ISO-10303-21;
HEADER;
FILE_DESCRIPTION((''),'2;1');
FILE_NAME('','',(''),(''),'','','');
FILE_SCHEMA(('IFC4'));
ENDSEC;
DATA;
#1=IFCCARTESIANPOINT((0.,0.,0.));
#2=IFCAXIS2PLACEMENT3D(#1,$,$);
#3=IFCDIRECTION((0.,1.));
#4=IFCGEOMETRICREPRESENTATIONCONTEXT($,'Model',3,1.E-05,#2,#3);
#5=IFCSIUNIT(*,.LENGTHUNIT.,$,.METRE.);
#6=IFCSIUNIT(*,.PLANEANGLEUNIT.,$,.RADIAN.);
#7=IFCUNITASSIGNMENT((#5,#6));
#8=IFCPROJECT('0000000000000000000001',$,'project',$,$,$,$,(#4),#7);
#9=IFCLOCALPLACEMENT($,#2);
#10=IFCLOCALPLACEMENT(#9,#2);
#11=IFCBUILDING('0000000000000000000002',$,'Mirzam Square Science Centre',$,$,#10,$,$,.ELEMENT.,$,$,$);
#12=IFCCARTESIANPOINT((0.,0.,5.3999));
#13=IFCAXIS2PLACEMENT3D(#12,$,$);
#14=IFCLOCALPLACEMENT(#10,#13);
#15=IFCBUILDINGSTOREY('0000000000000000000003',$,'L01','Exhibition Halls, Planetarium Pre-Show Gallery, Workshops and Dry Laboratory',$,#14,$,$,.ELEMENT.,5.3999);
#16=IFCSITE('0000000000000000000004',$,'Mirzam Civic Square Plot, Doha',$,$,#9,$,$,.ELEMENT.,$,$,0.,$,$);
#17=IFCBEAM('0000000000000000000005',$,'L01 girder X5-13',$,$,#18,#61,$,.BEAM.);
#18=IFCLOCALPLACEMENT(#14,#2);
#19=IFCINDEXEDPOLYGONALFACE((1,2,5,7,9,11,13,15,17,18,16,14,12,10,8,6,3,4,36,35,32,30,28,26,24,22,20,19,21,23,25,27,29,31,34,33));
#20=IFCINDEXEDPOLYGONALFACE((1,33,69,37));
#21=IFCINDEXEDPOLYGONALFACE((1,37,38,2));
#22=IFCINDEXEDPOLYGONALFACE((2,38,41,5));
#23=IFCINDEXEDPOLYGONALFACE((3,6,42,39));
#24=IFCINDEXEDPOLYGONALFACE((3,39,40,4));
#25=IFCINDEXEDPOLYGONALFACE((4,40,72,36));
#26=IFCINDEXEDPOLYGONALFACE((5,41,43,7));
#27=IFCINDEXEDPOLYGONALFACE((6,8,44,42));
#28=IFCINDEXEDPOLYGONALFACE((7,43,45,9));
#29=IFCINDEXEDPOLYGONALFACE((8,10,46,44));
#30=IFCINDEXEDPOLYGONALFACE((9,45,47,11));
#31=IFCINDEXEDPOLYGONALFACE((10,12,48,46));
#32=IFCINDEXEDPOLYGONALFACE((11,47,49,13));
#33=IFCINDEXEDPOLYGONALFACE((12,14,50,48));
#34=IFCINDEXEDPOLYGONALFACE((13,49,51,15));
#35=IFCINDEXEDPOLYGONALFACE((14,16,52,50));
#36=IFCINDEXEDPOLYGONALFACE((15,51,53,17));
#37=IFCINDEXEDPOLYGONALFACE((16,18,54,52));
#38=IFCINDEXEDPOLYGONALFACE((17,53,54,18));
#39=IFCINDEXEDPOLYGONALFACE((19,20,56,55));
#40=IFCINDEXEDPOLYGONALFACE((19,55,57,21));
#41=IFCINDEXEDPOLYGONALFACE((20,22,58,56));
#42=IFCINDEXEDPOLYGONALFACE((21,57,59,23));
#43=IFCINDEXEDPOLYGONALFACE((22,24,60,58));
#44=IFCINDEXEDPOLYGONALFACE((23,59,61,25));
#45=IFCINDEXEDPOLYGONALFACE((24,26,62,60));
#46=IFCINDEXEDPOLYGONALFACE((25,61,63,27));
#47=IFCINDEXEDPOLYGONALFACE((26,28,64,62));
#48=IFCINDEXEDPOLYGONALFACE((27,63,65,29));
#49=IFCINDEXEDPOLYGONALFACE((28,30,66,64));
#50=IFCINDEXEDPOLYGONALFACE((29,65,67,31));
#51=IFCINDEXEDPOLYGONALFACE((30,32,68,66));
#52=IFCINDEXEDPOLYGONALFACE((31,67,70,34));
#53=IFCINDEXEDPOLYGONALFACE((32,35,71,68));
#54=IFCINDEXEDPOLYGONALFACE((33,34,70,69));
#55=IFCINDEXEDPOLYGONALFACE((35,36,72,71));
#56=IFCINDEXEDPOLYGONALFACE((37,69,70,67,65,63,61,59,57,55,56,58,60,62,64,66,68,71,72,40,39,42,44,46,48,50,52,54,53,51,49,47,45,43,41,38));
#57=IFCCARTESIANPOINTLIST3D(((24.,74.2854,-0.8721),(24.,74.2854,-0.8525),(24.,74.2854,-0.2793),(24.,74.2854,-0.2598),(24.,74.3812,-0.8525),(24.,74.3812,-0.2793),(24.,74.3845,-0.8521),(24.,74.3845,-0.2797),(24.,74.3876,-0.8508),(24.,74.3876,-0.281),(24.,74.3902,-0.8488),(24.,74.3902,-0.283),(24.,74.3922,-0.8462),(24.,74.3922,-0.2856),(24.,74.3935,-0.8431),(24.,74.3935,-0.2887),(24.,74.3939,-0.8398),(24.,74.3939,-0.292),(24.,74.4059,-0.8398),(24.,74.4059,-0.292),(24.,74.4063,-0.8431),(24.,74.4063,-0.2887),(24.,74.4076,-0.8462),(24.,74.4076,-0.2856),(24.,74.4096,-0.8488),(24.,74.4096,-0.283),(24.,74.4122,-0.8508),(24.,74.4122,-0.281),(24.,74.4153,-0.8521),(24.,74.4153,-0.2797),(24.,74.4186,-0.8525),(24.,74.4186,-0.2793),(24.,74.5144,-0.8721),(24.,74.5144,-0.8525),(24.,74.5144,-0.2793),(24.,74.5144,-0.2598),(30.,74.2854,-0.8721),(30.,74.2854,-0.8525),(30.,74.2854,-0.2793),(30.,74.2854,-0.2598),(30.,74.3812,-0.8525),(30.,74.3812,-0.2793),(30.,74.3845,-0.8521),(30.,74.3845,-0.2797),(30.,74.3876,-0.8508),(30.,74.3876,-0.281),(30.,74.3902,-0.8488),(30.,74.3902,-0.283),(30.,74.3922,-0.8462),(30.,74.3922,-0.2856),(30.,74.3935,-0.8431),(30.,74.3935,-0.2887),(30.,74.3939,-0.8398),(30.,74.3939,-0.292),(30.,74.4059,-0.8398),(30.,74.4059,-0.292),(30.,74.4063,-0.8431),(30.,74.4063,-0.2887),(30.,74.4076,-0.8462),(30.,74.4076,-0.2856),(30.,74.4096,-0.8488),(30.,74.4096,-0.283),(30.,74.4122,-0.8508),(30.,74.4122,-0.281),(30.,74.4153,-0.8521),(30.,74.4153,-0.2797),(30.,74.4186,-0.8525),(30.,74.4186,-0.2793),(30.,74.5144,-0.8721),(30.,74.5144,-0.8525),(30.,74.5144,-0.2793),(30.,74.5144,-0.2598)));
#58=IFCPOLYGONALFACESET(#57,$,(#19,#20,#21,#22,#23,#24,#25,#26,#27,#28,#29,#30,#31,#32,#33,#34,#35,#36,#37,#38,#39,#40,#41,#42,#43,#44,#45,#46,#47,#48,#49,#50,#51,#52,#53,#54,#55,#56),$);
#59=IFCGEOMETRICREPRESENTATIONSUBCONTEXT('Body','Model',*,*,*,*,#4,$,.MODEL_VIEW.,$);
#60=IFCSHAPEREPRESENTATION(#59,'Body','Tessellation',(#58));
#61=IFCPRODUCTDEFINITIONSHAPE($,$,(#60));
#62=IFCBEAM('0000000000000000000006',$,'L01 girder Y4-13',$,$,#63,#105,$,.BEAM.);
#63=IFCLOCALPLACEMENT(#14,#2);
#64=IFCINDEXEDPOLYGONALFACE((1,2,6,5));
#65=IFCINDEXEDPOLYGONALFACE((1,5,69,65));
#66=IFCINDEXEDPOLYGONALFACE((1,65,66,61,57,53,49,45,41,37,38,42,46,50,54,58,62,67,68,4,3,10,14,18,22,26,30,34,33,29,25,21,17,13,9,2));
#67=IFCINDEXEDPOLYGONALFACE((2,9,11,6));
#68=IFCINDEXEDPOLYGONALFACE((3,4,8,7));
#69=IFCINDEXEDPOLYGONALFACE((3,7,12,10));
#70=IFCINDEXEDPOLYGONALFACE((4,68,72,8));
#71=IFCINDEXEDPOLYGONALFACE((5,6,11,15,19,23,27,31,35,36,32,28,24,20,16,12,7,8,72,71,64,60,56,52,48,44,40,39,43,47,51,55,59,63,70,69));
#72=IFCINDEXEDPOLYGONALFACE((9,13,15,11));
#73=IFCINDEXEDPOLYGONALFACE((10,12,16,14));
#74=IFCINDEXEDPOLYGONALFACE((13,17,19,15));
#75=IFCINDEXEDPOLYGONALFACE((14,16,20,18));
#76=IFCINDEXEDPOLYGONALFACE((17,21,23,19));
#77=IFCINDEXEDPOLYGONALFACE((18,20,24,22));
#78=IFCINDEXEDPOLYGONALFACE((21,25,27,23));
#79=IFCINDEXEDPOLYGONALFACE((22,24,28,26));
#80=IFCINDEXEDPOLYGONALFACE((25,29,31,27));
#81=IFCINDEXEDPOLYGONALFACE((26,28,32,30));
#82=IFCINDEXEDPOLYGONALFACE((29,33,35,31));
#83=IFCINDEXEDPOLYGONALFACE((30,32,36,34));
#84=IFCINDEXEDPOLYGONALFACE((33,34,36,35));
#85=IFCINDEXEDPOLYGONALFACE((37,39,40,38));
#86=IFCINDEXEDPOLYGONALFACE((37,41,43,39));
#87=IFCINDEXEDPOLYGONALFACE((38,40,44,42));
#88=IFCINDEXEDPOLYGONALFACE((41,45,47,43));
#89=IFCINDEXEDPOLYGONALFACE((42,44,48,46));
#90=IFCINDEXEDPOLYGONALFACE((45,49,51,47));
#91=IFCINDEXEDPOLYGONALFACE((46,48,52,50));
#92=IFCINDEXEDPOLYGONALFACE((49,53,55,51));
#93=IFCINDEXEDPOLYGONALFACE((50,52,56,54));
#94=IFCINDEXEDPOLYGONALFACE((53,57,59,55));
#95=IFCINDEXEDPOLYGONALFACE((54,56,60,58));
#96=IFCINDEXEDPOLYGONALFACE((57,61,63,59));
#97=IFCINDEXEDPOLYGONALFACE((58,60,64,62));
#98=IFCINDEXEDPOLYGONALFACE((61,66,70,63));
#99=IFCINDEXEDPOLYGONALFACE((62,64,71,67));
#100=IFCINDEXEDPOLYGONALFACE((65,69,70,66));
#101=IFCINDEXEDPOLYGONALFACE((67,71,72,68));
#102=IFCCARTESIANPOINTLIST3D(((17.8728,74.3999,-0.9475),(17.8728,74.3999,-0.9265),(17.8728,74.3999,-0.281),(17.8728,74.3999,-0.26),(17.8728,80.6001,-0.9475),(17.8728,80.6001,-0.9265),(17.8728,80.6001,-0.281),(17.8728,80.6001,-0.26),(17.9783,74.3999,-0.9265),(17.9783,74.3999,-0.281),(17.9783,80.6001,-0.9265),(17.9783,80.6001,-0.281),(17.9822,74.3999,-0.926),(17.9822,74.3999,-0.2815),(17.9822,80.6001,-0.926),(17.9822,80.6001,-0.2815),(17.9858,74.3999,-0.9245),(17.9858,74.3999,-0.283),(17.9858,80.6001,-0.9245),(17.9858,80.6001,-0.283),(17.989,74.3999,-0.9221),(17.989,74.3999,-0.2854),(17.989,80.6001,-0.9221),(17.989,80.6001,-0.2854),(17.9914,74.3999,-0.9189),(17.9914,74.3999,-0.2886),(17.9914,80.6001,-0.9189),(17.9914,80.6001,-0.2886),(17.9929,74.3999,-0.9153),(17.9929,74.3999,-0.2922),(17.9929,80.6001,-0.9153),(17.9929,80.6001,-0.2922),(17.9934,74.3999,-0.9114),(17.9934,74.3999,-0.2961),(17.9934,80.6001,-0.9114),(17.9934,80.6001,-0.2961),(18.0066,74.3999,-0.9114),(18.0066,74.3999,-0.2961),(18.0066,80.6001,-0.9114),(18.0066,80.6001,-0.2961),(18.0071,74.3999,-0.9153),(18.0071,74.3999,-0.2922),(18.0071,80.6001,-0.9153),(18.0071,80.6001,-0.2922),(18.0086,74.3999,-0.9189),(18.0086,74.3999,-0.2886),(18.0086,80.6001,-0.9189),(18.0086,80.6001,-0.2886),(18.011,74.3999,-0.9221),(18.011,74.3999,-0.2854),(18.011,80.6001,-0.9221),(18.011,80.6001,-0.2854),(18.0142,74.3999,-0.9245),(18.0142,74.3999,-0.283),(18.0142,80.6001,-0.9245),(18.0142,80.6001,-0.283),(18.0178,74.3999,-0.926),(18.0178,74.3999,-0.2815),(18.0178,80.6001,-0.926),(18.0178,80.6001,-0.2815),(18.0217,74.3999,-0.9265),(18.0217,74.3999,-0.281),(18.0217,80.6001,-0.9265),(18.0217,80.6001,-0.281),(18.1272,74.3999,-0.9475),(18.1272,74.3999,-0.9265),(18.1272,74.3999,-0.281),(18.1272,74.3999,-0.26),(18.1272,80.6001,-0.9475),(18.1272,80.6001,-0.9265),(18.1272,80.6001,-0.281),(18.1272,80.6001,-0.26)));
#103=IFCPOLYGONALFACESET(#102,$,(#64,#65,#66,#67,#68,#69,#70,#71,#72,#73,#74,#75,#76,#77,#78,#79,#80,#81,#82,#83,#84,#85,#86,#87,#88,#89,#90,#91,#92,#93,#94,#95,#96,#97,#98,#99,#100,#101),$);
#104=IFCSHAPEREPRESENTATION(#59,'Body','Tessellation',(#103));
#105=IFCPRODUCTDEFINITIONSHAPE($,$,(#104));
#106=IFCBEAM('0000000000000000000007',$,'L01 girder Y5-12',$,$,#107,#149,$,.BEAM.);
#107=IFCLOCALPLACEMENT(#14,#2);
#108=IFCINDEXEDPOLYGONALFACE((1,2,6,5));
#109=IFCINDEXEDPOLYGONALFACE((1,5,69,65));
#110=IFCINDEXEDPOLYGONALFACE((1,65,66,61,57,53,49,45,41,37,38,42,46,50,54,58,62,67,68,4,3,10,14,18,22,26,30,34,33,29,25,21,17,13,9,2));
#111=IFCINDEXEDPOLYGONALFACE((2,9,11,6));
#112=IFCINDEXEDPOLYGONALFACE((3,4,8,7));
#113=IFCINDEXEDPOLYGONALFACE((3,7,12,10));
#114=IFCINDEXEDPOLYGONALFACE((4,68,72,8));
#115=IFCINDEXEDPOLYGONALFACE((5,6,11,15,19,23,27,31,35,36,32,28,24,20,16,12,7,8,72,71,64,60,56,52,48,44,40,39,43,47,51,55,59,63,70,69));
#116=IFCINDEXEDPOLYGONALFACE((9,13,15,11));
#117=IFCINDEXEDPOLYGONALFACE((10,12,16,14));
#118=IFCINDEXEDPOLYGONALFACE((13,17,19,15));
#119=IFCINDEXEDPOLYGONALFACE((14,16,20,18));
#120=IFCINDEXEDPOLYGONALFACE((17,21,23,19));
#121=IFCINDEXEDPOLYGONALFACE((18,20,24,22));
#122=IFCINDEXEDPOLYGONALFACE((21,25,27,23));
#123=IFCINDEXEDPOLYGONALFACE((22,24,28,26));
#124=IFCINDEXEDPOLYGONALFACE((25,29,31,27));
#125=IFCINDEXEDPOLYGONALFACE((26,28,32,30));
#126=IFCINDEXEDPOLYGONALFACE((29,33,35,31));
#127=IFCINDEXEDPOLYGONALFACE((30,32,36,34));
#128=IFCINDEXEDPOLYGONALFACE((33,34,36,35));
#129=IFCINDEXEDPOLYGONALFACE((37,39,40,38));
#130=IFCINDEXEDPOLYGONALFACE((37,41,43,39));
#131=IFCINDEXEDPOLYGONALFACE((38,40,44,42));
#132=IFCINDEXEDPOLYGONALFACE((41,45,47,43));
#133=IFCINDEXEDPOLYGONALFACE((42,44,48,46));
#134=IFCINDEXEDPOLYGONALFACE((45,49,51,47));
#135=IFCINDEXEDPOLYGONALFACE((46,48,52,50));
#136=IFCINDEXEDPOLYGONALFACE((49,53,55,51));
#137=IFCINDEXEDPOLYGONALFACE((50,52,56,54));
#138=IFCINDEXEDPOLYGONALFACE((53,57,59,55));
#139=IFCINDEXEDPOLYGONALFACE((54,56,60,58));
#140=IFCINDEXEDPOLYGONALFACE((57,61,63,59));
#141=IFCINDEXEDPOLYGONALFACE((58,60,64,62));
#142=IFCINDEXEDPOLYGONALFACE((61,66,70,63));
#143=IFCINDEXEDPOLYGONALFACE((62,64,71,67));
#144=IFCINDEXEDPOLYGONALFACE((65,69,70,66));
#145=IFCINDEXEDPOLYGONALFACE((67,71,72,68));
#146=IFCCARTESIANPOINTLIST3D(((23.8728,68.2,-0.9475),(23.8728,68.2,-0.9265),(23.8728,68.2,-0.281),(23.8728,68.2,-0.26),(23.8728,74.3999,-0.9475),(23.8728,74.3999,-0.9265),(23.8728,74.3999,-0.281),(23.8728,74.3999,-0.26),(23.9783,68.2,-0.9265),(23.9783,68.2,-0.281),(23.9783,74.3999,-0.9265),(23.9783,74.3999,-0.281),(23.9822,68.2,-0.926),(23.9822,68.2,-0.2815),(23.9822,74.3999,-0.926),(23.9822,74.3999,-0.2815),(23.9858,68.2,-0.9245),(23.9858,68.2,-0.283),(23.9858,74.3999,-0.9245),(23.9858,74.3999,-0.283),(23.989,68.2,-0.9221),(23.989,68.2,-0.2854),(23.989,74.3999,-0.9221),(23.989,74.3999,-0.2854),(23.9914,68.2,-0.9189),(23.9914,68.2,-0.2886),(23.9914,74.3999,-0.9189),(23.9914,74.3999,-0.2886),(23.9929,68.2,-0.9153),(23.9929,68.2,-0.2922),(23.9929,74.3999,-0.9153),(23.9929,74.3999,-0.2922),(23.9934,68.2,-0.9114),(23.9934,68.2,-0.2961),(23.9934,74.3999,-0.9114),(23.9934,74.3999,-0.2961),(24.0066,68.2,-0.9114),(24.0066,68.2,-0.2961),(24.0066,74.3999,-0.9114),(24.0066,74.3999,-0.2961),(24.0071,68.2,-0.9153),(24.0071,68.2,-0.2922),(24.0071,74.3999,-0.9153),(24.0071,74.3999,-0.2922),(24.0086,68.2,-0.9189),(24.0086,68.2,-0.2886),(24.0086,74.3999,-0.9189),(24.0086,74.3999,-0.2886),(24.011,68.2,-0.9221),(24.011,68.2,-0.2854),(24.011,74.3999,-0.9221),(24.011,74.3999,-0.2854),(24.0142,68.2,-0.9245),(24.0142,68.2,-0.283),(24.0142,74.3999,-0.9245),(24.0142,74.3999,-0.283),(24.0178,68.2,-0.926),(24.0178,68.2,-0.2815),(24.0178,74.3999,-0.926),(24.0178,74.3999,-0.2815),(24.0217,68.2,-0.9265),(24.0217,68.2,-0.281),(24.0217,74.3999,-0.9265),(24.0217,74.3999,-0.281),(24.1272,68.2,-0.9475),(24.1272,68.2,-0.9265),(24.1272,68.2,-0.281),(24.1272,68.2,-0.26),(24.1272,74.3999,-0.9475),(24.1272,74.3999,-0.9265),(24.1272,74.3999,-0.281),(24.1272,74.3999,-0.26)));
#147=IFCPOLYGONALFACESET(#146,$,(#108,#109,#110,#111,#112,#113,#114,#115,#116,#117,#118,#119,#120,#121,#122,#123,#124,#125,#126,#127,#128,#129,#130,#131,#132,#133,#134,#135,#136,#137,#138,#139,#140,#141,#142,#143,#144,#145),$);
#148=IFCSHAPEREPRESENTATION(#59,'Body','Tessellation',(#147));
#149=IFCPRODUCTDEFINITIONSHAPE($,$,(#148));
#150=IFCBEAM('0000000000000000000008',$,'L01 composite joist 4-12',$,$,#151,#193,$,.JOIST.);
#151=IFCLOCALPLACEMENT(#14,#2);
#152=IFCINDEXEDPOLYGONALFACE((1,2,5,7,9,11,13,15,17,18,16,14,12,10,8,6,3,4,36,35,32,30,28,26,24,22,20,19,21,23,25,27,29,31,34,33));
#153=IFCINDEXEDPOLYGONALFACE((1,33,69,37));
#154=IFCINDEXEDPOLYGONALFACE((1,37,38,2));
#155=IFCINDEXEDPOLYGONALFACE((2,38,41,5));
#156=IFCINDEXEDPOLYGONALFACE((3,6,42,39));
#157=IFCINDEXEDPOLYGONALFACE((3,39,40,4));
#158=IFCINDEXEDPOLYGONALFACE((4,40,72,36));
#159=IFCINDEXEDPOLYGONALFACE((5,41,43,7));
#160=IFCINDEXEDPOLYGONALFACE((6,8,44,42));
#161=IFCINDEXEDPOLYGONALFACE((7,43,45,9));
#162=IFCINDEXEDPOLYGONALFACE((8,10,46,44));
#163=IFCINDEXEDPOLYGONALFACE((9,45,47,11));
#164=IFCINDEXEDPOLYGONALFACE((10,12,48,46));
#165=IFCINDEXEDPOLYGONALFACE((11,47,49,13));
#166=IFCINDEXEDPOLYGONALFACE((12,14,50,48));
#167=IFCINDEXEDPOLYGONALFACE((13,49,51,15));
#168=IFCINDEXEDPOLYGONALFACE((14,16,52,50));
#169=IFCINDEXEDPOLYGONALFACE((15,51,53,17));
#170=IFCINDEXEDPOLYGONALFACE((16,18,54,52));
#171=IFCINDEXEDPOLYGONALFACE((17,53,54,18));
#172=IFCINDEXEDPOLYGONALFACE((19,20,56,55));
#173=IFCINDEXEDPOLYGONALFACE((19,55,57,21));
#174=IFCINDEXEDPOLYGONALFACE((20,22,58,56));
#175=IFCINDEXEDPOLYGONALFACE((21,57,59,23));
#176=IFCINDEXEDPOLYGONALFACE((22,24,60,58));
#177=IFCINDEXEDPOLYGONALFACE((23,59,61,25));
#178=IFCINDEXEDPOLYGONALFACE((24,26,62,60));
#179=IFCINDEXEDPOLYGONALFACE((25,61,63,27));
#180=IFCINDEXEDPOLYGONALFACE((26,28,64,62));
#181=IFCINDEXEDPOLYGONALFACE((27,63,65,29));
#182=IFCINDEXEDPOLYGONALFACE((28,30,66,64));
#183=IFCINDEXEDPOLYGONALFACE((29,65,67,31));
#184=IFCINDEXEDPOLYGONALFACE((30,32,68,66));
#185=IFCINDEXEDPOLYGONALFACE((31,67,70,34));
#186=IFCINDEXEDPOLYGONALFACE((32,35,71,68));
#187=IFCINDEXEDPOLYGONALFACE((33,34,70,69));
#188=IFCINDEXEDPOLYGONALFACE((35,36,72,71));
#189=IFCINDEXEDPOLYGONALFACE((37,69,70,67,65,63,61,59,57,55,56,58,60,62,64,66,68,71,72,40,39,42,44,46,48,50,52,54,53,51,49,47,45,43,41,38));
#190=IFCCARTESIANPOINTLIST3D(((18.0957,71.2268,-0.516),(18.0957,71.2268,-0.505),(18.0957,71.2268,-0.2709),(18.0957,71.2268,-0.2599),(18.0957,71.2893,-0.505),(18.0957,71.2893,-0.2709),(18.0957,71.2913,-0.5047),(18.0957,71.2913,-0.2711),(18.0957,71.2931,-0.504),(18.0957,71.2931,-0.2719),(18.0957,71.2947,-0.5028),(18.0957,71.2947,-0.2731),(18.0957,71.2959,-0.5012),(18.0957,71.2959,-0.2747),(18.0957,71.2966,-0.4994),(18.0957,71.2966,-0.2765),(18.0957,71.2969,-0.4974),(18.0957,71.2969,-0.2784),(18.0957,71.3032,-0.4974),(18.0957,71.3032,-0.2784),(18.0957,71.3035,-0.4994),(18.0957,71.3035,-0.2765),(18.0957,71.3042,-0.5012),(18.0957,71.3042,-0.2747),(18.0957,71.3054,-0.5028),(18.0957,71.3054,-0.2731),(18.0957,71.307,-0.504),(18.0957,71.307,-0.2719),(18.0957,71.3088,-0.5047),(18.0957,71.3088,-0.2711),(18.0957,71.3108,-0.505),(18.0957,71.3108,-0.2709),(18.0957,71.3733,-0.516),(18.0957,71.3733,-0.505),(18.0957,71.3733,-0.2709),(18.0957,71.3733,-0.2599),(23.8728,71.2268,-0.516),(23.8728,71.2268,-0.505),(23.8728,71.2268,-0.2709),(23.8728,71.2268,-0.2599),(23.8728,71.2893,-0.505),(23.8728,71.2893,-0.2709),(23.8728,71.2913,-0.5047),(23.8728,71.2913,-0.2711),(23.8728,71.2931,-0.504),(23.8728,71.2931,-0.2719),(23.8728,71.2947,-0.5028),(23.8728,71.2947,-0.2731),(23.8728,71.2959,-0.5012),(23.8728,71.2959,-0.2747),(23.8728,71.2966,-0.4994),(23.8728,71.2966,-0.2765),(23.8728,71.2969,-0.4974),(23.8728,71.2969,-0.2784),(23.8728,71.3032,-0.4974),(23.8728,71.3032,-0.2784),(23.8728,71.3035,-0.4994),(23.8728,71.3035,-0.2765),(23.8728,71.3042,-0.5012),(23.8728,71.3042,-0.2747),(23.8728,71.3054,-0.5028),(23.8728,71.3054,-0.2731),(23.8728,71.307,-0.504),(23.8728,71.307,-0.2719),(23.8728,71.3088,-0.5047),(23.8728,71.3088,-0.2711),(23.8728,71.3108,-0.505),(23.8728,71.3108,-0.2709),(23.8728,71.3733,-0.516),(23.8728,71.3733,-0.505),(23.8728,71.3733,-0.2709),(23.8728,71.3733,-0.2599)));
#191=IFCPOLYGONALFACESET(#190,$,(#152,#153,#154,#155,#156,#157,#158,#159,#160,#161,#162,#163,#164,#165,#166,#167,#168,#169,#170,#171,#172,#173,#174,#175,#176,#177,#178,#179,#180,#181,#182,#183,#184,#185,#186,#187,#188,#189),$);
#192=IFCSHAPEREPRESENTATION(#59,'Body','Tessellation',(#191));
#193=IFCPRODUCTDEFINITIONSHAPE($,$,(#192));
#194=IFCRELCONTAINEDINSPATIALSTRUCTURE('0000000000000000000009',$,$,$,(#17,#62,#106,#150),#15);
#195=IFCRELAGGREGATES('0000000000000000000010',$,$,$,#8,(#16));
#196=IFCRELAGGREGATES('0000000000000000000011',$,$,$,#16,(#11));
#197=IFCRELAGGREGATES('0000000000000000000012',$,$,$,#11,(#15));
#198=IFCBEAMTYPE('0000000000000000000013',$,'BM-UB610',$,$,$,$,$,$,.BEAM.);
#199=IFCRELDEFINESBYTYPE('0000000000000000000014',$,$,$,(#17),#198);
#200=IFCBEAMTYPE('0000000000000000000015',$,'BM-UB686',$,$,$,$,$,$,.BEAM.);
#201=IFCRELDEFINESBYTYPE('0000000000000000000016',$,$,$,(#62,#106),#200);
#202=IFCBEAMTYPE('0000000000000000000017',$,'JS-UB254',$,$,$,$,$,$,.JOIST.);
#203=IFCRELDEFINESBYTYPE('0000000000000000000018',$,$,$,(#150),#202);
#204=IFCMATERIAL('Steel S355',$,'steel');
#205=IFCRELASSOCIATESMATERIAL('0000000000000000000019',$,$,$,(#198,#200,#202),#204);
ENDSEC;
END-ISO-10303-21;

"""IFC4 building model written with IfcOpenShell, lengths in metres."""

from ifc_helpers import new_model, si_unit, direction, frame, origin, origin_2d, place, context, subcontext, project, spatial, i_section, extrude, material, material_profile, profile_set, type_object, element, save


model = new_model("IFC4")

# Units and contexts
model_context = context("Model", 3, precision=1e-05, world=origin(), true_north=direction((0.0, 1.0)))
body_context = subcontext(model_context, "Body", "Model", "MODEL_VIEW")
ifc_project = project(units=[si_unit("LENGTHUNIT", "METRE"), si_unit("PLANEANGLEUNIT", "RADIAN")], contexts=[model_context])

# Site, building, storey
site_placement = place(None, origin())
site = spatial("IfcSite", under=ifc_project, at=site_placement, Name="Mirzam Civic Square Plot, Doha", CompositionType="ELEMENT", RefElevation=0.0)
building_placement = place(site_placement, origin())
building = spatial("IfcBuilding", under=site, at=building_placement, Name="Mirzam Square Science Centre", CompositionType="ELEMENT")
storey_placement = place(building_placement, frame((0.0, 0.0, 5.3999)))
storey = spatial("IfcBuildingStorey", under=building, at=storey_placement, Name="L01", Description="Exhibition Halls, Planetarium Pre-Show Gallery, Workshops and Dry Laboratory", CompositionType="ELEMENT", Elevation=5.3999)

# Shared definitions
ifc_material_1 = material(Name="Steel S355", Category="steel")

# Beams
ifc_material_profile_1 = material_profile(ifc_material_1, i_section(OverallWidth=0.229, OverallDepth=0.6123, WebThickness=0.012, FlangeThickness=0.0195, FilletRadius=0.0127, at=origin_2d()), Name="610x229x125UB")
ifc_profile_set_1 = profile_set([ifc_material_profile_1], Name="Steel S355")
beam_type_1 = type_object("IfcBeamType", Name="BM-UB610", PredefinedType="BEAM", material=ifc_profile_set_1)
for number, where, z_axis, x_axis, name in (
    (1, (24.0, 74.3999, -0.5659), (1.0, 0.0, 0.0), (0.0, 1.0, 0.0), "L01 girder X5-13"),
):
    element("IfcBeam", number, at=place(storey_placement, frame(where, z_axis=z_axis, x_axis=x_axis)), inside=storey, type_object=beam_type_1, Name=name, PredefinedType="BEAM", context=body_context, shape_type="SweptSolid", body=[
        extrude(i_section(OverallWidth=0.229, OverallDepth=0.6123, WebThickness=0.012, FlangeThickness=0.0195, FilletRadius=0.0127, at=origin_2d()), origin(), (0.0, 0.0, 1.0), 6.0),
    ])
ifc_material_profile_2 = material_profile(ifc_material_1, i_section(OverallWidth=0.2544, OverallDepth=0.6875, WebThickness=0.0132, FlangeThickness=0.021, FilletRadius=0.0151, at=origin_2d()), Name="686x254x152UB")
ifc_profile_set_2 = profile_set([ifc_material_profile_2], Name="Steel S355")
beam_type_2 = type_object("IfcBeamType", Name="BM-UB686", PredefinedType="BEAM", material=ifc_profile_set_2)
beam_1_placement = place(storey_placement, frame((18.0, 74.3999, -0.6038), z_axis=(0.0, 1.0, 0.0), x_axis=(-1.0, 0.0, 0.0)))
element("IfcBeam", 2, at=beam_1_placement, inside=storey, type_object=beam_type_2, Name="L01 girder Y4-13", PredefinedType="BEAM", context=body_context, shape_type="SweptSolid", body=[
    extrude(i_section(OverallWidth=0.2544, OverallDepth=0.6875, WebThickness=0.0132, FlangeThickness=0.021, FilletRadius=0.0151, at=origin_2d()), origin(), (0.0, 0.0, 1.0), 6.2002),
])
beam_2_placement = place(storey_placement, frame((24.0, 68.2, -0.6038), z_axis=(0.0, 1.0, 0.0), x_axis=(-1.0, 0.0, 0.0)))
element("IfcBeam", 3, at=beam_2_placement, inside=storey, type_object=beam_type_2, Name="L01 girder Y5-12", PredefinedType="BEAM", context=body_context, shape_type="SweptSolid", body=[
    extrude(i_section(OverallWidth=0.2544, OverallDepth=0.6875, WebThickness=0.0132, FlangeThickness=0.021, FilletRadius=0.0151, at=origin_2d()), origin(), (0.0, 0.0, 1.0), 6.2),
])
ifc_material_profile_3 = material_profile(ifc_material_1, i_section(OverallWidth=0.1465, OverallDepth=0.2561, WebThickness=0.0063, FlangeThickness=0.011, FilletRadius=0.0076, at=origin_2d()), Name="254x146x37UB")
ifc_profile_set_3 = profile_set([ifc_material_profile_3], Name="Steel S355")
beam_type_3 = type_object("IfcBeamType", Name="JS-UB254", PredefinedType="JOIST", material=ifc_profile_set_3)
beam_3_placement = place(storey_placement, frame((18.0957, 71.3, -0.3879), z_axis=(1.0, 0.0, 0.0), x_axis=(0.0, 1.0, 0.0)))
element("IfcBeam", 4, at=beam_3_placement, inside=storey, type_object=beam_type_3, Name="L01 composite joist 4-12", PredefinedType="JOIST", context=body_context, shape_type="SweptSolid", body=[
    extrude(i_section(OverallWidth=0.1465, OverallDepth=0.2561, WebThickness=0.0063, FlangeThickness=0.011, FilletRadius=0.0076, at=origin_2d()), origin(), (0.0, 0.0, 1.0), 5.7771),
])

save(model, "model.ifc")
